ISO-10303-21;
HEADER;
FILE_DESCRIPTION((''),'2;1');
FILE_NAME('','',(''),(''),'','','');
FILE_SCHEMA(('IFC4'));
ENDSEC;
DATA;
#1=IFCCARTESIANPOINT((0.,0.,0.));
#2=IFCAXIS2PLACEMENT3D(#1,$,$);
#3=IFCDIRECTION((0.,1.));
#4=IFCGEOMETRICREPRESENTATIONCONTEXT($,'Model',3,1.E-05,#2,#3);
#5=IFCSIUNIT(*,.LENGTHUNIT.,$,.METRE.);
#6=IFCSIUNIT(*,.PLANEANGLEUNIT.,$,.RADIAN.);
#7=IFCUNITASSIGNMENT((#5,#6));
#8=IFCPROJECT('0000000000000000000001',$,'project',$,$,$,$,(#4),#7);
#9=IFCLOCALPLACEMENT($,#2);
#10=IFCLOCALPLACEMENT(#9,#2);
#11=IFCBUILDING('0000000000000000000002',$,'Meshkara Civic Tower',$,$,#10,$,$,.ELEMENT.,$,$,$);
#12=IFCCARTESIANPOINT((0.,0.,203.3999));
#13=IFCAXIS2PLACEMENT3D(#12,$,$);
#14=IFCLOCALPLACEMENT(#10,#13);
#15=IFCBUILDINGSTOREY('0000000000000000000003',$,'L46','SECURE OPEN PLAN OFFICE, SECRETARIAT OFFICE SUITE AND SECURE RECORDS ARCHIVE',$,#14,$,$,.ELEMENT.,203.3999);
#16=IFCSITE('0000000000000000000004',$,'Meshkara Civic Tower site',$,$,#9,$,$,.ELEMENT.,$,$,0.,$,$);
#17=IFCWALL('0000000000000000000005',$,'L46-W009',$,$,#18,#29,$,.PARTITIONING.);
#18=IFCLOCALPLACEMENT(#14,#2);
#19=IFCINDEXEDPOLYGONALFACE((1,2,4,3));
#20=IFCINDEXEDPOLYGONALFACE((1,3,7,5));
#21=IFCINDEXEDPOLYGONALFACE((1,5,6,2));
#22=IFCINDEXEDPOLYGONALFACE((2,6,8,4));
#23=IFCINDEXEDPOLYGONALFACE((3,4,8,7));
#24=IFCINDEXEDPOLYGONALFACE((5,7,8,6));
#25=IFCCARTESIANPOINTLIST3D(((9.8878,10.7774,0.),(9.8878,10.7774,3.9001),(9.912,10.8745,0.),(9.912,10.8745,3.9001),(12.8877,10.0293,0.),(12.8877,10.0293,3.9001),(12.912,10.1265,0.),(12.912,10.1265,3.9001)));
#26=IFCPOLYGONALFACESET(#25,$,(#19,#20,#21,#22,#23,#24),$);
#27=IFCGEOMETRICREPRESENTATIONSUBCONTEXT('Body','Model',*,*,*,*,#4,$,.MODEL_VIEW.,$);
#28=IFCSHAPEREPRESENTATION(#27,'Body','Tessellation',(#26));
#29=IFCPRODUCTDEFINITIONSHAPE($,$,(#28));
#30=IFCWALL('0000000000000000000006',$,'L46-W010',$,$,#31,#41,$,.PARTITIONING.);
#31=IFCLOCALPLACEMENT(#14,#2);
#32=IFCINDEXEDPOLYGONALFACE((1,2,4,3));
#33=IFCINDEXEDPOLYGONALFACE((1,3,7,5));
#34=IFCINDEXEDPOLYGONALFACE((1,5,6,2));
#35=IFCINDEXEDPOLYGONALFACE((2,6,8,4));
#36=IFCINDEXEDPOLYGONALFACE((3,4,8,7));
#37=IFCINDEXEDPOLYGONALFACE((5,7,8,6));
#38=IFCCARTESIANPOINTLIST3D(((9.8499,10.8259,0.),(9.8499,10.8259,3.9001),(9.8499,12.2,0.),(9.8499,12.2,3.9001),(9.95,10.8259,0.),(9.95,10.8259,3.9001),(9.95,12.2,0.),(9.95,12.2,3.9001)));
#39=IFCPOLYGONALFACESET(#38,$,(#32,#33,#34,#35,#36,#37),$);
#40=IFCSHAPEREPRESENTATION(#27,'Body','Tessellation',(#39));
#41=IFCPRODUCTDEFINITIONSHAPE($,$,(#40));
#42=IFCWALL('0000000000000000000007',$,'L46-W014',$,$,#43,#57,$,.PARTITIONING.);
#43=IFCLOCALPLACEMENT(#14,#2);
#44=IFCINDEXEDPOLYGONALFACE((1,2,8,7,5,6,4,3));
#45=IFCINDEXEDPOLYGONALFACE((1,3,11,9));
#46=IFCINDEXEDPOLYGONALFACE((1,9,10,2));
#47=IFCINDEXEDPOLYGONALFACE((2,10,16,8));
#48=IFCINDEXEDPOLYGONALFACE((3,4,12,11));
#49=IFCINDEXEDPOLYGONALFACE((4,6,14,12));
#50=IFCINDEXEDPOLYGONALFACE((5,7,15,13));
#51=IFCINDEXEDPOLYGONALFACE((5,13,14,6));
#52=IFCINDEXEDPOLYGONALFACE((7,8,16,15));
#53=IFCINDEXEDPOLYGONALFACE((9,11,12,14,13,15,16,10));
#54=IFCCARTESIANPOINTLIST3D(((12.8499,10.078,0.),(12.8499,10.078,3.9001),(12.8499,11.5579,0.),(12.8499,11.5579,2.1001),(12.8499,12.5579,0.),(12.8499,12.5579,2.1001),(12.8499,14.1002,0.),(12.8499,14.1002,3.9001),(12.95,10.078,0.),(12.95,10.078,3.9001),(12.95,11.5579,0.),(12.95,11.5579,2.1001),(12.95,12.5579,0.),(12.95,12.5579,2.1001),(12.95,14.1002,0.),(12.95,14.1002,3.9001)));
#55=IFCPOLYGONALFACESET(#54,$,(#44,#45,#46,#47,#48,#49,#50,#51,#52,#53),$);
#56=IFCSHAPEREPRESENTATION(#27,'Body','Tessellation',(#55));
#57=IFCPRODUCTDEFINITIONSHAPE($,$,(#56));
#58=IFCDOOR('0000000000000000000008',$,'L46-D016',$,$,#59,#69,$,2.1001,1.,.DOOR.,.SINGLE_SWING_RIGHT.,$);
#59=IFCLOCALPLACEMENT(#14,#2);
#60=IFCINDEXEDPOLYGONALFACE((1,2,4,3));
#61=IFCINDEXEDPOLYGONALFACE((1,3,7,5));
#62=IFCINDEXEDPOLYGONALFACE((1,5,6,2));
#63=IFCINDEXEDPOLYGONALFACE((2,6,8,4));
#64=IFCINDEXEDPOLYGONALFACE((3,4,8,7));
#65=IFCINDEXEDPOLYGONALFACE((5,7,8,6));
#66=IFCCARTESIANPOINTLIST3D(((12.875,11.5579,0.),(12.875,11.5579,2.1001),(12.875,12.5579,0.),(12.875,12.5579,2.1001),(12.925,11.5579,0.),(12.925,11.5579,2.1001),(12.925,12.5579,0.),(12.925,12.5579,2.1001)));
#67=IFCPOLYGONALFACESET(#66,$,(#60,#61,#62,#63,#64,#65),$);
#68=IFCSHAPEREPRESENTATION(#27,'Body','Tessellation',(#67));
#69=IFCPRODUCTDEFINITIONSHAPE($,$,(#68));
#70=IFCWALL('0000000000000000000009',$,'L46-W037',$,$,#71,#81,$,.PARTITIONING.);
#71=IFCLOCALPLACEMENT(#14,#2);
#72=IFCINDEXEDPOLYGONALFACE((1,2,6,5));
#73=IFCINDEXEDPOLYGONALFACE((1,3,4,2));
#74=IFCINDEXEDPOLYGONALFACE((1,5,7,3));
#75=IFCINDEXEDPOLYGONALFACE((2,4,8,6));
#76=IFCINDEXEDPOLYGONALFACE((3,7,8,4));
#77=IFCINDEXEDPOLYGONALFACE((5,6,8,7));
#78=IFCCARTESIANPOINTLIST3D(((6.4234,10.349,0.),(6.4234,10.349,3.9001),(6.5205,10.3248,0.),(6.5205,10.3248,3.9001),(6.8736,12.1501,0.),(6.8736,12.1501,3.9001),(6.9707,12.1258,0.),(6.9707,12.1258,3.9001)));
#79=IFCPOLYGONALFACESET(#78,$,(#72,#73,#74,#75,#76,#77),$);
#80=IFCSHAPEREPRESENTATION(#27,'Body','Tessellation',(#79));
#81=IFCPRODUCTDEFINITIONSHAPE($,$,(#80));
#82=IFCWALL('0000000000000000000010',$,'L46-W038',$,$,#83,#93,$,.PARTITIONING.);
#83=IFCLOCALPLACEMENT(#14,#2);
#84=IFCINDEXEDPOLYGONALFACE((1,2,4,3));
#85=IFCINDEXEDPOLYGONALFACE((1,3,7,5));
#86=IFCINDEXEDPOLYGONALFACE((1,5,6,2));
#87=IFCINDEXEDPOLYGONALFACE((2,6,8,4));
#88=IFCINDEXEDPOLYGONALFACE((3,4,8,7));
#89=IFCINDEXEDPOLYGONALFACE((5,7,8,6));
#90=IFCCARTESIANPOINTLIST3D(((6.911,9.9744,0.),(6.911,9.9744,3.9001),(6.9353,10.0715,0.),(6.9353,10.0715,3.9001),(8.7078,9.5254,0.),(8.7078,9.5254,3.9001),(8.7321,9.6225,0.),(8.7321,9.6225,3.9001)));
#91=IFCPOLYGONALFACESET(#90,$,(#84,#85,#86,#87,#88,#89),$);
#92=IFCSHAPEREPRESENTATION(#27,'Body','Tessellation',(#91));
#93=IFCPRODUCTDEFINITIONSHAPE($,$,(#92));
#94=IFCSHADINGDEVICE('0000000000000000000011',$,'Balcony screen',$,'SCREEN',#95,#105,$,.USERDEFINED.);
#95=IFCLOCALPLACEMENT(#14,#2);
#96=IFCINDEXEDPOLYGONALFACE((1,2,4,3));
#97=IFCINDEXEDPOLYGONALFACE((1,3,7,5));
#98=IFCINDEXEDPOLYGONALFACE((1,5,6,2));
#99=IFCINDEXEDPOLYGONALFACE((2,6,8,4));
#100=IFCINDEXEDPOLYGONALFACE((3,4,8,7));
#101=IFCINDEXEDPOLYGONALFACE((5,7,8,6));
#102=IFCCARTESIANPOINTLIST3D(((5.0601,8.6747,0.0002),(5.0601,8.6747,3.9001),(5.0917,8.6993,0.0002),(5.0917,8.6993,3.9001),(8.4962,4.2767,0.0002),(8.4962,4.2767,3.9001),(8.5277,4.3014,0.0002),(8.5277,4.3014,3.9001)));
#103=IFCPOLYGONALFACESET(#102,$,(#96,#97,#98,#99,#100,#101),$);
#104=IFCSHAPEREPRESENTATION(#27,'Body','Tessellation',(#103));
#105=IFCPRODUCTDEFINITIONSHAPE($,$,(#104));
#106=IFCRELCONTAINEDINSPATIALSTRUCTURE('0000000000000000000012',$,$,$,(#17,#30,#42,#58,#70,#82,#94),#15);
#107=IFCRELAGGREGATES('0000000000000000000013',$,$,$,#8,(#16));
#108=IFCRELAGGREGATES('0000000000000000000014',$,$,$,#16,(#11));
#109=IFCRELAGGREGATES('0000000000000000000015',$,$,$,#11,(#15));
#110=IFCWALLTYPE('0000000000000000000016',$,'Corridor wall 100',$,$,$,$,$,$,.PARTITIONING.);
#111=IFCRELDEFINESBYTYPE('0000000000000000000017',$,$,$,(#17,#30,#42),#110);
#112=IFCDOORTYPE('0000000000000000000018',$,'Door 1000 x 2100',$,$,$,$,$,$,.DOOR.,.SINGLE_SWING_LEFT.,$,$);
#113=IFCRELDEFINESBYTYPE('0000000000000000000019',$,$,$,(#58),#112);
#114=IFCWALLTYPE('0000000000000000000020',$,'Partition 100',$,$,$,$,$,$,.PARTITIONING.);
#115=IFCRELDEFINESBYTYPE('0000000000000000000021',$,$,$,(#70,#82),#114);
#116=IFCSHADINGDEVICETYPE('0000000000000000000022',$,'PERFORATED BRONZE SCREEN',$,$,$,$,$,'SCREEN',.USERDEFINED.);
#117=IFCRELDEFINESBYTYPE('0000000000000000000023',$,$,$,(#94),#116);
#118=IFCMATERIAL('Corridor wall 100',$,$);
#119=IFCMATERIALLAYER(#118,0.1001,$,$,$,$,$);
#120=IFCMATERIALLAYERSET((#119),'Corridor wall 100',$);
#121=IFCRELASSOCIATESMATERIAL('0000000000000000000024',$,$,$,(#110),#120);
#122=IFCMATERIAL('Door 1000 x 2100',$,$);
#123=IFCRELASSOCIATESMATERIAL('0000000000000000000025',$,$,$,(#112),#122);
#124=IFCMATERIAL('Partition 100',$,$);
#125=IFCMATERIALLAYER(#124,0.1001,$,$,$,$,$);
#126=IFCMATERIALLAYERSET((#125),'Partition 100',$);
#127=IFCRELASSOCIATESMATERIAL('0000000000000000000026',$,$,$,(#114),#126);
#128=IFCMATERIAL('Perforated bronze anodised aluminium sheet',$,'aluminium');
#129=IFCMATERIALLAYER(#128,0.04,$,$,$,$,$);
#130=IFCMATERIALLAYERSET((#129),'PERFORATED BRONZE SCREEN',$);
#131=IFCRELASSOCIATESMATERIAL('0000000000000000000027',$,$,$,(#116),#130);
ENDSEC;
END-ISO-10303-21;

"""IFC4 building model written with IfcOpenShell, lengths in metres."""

from ifc_helpers import new_model, si_unit, direction, frame, frame_2d, origin, origin_2d, place, context, subcontext, project, spatial, rectangle, extrude, material, layer, layer_set, type_object, element, fill, save


model = new_model("IFC4")

# Units and contexts
model_context = context("Model", 3, precision=1e-05, world=origin(), true_north=direction((0.0, 1.0)))
body_context = subcontext(model_context, "Body", "Model", "MODEL_VIEW")
ifc_project = project(units=[si_unit("LENGTHUNIT", "METRE"), si_unit("PLANEANGLEUNIT", "RADIAN")], contexts=[model_context])

# Site, building, storey
site_placement = place(None, origin())
site = spatial("IfcSite", under=ifc_project, at=site_placement, Name="Meshkara Civic Tower site", CompositionType="ELEMENT", RefElevation=0.0)
building_placement = place(site_placement, origin())
building = spatial("IfcBuilding", under=site, at=building_placement, Name="Meshkara Civic Tower", CompositionType="ELEMENT")
storey_placement = place(building_placement, frame((0.0, 0.0, 203.3999)))
storey = spatial("IfcBuildingStorey", under=building, at=storey_placement, Name="L46", Description="SECURE OPEN PLAN OFFICE, SECRETARIAT OFFICE SUITE AND SECURE RECORDS ARCHIVE", CompositionType="ELEMENT", Elevation=203.3999)

# Shared definitions
ifc_material_1 = material(Name="Corridor wall 100")
ifc_layer_1 = layer(ifc_material_1, 0.1001)
ifc_layer_set_1 = layer_set([ifc_layer_1], Name="Corridor wall 100")
wall_type_1 = type_object("IfcWallType", Name="Corridor wall 100", PredefinedType="PARTITIONING", material=ifc_layer_set_1)
ifc_material_2 = material(Name="Door 1000 x 2100")
door_type_1 = type_object("IfcDoorType", Name="Door 1000 x 2100", OperationType="SINGLE_SWING_LEFT", PredefinedType="DOOR", material=ifc_material_2)

# Walls
wall_1_placement = place(storey_placement, frame((9.8999, 10.8259, 0.0), z_axis=(0.0, 0.0, 1.0), x_axis=(0.970291, -0.241941, 0.0)))
element("IfcWall", 1, at=wall_1_placement, inside=storey, type_object=wall_type_1, Name="L46-W009", PredefinedType="PARTITIONING", context=body_context, shape_type="SweptSolid", body=[
    extrude(rectangle(XDim=3.0918, YDim=0.1001, at=frame_2d((1.5459, 0.0))), origin(), (0.0, 0.0, 1.0), 3.9001),
])
wall_2_placement = place(storey_placement, frame((9.8999, 12.2, 0.0), z_axis=(0.0, 0.0, 1.0), x_axis=(0.0, -1.0, 0.0)))
element("IfcWall", 2, at=wall_2_placement, inside=storey, type_object=wall_type_1, Name="L46-W010", PredefinedType="PARTITIONING", context=body_context, shape_type="SweptSolid", body=[
    extrude(rectangle(XDim=1.374, YDim=0.1001, at=frame_2d((0.687, 0.0))), origin(), (0.0, 0.0, 1.0), 3.9001),
])

# Wall, opening, door
wall_3_placement = place(storey_placement, frame((12.8999, 10.0779, 0.0), z_axis=(0.0, 0.0, 1.0), x_axis=(0.0, 1.0, 0.0)))
wall_3 = element("IfcWall", 3, at=wall_3_placement, inside=storey, type_object=wall_type_1, Name="L46-W014", PredefinedType="PARTITIONING", context=body_context, shape_type="SweptSolid", body=[
    extrude(rectangle(XDim=4.0222, YDim=0.1001, at=frame_2d((2.0112, 0.0))), origin(), (0.0, 0.0, 1.0), 3.9001),
])
opening_1_placement = place(wall_3_placement, frame((1.48, 0.0, 0.0)))
opening_1 = element("IfcOpeningElement", 4, at=opening_1_placement, cuts=wall_3, PredefinedType="OPENING", context=body_context, shape_type="SweptSolid", body=[
    extrude(rectangle(XDim=1.0, YDim=2.1001, at=frame_2d((0.5, 1.05))), frame((0.0, 0.0601, 0.0), z_axis=(0.0, -1.0, 0.0), x_axis=(1.0, 0.0, 0.0)), (0.0, 0.0, 1.0), 0.1201),
])
door_1_placement = place(opening_1_placement, origin())
door_1 = element("IfcDoor", 5, at=door_1_placement, inside=storey, type_object=door_type_1, Name="L46-D016", OperationType="SINGLE_SWING_RIGHT", OverallHeight=2.1001, OverallWidth=1.0, PredefinedType="DOOR", context=body_context, shape_type="SweptSolid", body=[
    extrude(rectangle(XDim=1.0, YDim=2.1001, at=frame_2d((0.5, 1.05))), frame((0.0, 0.0249, 0.0), z_axis=(0.0, -1.0, 0.0), x_axis=(1.0, 0.0, 0.0)), (0.0, 0.0, 1.0), 0.05),
])
fill(opening_1, door_1)

# Walls
ifc_material_3 = material(Name="Partition 100")
ifc_layer_2 = layer(ifc_material_3, 0.1001)
ifc_layer_set_2 = layer_set([ifc_layer_2], Name="Partition 100")
wall_type_2 = type_object("IfcWallType", Name="Partition 100", PredefinedType="PARTITIONING", material=ifc_layer_set_2)
wall_4_placement = place(storey_placement, frame((6.9221, 12.1379, 0.0), z_axis=(0.0, 0.0, 1.0), x_axis=(-0.242505, -0.97015, 0.0)))
element("IfcWall", 6, at=wall_4_placement, inside=storey, type_object=wall_type_2, Name="L46-W037", PredefinedType="PARTITIONING", context=body_context, shape_type="SweptSolid", body=[
    extrude(rectangle(XDim=1.8564, YDim=0.1001, at=frame_2d((0.9282, 0.0))), origin(), (0.0, 0.0, 1.0), 3.9001),
])
wall_5_placement = place(storey_placement, frame((8.72, 9.574, 0.0), z_axis=(0.0, 0.0, 1.0), x_axis=(-0.970174, 0.242412, 0.0)))
element("IfcWall", 7, at=wall_5_placement, inside=storey, type_object=wall_type_2, Name="L46-W038", PredefinedType="PARTITIONING", context=body_context, shape_type="SweptSolid", body=[
    extrude(rectangle(XDim=1.8521, YDim=0.1001, at=frame_2d((0.926, 0.0))), origin(), (0.0, 0.0, 1.0), 3.9001),
])

# Shading device
ifc_material_4 = material(Name="Perforated bronze anodised aluminium sheet", Category="aluminium")
ifc_layer_3 = layer(ifc_material_4, 0.04)
ifc_layer_set_3 = layer_set([ifc_layer_3], Name="PERFORATED BRONZE SCREEN")
shading_device_type = type_object("IfcShadingDeviceType", Name="PERFORATED BRONZE SCREEN", ElementType="SCREEN", PredefinedType="USERDEFINED", material=ifc_layer_set_3)
shading_device_placement = place(storey_placement, frame((6.7939, 6.488, 0.0002), z_axis=(0.0, 0.0, 1.0), x_axis=(0.615661, -0.788011, 0.0)))
element("IfcShadingDevice", 8, at=shading_device_placement, inside=storey, type_object=shading_device_type, Name="Balcony screen", ObjectType="SCREEN", PredefinedType="USERDEFINED", context=body_context, shape_type="SweptSolid", body=[
    extrude(rectangle(XDim=5.5811, YDim=0.04, at=origin_2d()), origin(), (0.0, 0.0, 1.0), 3.8999),
])

save(model, "model.ifc")
